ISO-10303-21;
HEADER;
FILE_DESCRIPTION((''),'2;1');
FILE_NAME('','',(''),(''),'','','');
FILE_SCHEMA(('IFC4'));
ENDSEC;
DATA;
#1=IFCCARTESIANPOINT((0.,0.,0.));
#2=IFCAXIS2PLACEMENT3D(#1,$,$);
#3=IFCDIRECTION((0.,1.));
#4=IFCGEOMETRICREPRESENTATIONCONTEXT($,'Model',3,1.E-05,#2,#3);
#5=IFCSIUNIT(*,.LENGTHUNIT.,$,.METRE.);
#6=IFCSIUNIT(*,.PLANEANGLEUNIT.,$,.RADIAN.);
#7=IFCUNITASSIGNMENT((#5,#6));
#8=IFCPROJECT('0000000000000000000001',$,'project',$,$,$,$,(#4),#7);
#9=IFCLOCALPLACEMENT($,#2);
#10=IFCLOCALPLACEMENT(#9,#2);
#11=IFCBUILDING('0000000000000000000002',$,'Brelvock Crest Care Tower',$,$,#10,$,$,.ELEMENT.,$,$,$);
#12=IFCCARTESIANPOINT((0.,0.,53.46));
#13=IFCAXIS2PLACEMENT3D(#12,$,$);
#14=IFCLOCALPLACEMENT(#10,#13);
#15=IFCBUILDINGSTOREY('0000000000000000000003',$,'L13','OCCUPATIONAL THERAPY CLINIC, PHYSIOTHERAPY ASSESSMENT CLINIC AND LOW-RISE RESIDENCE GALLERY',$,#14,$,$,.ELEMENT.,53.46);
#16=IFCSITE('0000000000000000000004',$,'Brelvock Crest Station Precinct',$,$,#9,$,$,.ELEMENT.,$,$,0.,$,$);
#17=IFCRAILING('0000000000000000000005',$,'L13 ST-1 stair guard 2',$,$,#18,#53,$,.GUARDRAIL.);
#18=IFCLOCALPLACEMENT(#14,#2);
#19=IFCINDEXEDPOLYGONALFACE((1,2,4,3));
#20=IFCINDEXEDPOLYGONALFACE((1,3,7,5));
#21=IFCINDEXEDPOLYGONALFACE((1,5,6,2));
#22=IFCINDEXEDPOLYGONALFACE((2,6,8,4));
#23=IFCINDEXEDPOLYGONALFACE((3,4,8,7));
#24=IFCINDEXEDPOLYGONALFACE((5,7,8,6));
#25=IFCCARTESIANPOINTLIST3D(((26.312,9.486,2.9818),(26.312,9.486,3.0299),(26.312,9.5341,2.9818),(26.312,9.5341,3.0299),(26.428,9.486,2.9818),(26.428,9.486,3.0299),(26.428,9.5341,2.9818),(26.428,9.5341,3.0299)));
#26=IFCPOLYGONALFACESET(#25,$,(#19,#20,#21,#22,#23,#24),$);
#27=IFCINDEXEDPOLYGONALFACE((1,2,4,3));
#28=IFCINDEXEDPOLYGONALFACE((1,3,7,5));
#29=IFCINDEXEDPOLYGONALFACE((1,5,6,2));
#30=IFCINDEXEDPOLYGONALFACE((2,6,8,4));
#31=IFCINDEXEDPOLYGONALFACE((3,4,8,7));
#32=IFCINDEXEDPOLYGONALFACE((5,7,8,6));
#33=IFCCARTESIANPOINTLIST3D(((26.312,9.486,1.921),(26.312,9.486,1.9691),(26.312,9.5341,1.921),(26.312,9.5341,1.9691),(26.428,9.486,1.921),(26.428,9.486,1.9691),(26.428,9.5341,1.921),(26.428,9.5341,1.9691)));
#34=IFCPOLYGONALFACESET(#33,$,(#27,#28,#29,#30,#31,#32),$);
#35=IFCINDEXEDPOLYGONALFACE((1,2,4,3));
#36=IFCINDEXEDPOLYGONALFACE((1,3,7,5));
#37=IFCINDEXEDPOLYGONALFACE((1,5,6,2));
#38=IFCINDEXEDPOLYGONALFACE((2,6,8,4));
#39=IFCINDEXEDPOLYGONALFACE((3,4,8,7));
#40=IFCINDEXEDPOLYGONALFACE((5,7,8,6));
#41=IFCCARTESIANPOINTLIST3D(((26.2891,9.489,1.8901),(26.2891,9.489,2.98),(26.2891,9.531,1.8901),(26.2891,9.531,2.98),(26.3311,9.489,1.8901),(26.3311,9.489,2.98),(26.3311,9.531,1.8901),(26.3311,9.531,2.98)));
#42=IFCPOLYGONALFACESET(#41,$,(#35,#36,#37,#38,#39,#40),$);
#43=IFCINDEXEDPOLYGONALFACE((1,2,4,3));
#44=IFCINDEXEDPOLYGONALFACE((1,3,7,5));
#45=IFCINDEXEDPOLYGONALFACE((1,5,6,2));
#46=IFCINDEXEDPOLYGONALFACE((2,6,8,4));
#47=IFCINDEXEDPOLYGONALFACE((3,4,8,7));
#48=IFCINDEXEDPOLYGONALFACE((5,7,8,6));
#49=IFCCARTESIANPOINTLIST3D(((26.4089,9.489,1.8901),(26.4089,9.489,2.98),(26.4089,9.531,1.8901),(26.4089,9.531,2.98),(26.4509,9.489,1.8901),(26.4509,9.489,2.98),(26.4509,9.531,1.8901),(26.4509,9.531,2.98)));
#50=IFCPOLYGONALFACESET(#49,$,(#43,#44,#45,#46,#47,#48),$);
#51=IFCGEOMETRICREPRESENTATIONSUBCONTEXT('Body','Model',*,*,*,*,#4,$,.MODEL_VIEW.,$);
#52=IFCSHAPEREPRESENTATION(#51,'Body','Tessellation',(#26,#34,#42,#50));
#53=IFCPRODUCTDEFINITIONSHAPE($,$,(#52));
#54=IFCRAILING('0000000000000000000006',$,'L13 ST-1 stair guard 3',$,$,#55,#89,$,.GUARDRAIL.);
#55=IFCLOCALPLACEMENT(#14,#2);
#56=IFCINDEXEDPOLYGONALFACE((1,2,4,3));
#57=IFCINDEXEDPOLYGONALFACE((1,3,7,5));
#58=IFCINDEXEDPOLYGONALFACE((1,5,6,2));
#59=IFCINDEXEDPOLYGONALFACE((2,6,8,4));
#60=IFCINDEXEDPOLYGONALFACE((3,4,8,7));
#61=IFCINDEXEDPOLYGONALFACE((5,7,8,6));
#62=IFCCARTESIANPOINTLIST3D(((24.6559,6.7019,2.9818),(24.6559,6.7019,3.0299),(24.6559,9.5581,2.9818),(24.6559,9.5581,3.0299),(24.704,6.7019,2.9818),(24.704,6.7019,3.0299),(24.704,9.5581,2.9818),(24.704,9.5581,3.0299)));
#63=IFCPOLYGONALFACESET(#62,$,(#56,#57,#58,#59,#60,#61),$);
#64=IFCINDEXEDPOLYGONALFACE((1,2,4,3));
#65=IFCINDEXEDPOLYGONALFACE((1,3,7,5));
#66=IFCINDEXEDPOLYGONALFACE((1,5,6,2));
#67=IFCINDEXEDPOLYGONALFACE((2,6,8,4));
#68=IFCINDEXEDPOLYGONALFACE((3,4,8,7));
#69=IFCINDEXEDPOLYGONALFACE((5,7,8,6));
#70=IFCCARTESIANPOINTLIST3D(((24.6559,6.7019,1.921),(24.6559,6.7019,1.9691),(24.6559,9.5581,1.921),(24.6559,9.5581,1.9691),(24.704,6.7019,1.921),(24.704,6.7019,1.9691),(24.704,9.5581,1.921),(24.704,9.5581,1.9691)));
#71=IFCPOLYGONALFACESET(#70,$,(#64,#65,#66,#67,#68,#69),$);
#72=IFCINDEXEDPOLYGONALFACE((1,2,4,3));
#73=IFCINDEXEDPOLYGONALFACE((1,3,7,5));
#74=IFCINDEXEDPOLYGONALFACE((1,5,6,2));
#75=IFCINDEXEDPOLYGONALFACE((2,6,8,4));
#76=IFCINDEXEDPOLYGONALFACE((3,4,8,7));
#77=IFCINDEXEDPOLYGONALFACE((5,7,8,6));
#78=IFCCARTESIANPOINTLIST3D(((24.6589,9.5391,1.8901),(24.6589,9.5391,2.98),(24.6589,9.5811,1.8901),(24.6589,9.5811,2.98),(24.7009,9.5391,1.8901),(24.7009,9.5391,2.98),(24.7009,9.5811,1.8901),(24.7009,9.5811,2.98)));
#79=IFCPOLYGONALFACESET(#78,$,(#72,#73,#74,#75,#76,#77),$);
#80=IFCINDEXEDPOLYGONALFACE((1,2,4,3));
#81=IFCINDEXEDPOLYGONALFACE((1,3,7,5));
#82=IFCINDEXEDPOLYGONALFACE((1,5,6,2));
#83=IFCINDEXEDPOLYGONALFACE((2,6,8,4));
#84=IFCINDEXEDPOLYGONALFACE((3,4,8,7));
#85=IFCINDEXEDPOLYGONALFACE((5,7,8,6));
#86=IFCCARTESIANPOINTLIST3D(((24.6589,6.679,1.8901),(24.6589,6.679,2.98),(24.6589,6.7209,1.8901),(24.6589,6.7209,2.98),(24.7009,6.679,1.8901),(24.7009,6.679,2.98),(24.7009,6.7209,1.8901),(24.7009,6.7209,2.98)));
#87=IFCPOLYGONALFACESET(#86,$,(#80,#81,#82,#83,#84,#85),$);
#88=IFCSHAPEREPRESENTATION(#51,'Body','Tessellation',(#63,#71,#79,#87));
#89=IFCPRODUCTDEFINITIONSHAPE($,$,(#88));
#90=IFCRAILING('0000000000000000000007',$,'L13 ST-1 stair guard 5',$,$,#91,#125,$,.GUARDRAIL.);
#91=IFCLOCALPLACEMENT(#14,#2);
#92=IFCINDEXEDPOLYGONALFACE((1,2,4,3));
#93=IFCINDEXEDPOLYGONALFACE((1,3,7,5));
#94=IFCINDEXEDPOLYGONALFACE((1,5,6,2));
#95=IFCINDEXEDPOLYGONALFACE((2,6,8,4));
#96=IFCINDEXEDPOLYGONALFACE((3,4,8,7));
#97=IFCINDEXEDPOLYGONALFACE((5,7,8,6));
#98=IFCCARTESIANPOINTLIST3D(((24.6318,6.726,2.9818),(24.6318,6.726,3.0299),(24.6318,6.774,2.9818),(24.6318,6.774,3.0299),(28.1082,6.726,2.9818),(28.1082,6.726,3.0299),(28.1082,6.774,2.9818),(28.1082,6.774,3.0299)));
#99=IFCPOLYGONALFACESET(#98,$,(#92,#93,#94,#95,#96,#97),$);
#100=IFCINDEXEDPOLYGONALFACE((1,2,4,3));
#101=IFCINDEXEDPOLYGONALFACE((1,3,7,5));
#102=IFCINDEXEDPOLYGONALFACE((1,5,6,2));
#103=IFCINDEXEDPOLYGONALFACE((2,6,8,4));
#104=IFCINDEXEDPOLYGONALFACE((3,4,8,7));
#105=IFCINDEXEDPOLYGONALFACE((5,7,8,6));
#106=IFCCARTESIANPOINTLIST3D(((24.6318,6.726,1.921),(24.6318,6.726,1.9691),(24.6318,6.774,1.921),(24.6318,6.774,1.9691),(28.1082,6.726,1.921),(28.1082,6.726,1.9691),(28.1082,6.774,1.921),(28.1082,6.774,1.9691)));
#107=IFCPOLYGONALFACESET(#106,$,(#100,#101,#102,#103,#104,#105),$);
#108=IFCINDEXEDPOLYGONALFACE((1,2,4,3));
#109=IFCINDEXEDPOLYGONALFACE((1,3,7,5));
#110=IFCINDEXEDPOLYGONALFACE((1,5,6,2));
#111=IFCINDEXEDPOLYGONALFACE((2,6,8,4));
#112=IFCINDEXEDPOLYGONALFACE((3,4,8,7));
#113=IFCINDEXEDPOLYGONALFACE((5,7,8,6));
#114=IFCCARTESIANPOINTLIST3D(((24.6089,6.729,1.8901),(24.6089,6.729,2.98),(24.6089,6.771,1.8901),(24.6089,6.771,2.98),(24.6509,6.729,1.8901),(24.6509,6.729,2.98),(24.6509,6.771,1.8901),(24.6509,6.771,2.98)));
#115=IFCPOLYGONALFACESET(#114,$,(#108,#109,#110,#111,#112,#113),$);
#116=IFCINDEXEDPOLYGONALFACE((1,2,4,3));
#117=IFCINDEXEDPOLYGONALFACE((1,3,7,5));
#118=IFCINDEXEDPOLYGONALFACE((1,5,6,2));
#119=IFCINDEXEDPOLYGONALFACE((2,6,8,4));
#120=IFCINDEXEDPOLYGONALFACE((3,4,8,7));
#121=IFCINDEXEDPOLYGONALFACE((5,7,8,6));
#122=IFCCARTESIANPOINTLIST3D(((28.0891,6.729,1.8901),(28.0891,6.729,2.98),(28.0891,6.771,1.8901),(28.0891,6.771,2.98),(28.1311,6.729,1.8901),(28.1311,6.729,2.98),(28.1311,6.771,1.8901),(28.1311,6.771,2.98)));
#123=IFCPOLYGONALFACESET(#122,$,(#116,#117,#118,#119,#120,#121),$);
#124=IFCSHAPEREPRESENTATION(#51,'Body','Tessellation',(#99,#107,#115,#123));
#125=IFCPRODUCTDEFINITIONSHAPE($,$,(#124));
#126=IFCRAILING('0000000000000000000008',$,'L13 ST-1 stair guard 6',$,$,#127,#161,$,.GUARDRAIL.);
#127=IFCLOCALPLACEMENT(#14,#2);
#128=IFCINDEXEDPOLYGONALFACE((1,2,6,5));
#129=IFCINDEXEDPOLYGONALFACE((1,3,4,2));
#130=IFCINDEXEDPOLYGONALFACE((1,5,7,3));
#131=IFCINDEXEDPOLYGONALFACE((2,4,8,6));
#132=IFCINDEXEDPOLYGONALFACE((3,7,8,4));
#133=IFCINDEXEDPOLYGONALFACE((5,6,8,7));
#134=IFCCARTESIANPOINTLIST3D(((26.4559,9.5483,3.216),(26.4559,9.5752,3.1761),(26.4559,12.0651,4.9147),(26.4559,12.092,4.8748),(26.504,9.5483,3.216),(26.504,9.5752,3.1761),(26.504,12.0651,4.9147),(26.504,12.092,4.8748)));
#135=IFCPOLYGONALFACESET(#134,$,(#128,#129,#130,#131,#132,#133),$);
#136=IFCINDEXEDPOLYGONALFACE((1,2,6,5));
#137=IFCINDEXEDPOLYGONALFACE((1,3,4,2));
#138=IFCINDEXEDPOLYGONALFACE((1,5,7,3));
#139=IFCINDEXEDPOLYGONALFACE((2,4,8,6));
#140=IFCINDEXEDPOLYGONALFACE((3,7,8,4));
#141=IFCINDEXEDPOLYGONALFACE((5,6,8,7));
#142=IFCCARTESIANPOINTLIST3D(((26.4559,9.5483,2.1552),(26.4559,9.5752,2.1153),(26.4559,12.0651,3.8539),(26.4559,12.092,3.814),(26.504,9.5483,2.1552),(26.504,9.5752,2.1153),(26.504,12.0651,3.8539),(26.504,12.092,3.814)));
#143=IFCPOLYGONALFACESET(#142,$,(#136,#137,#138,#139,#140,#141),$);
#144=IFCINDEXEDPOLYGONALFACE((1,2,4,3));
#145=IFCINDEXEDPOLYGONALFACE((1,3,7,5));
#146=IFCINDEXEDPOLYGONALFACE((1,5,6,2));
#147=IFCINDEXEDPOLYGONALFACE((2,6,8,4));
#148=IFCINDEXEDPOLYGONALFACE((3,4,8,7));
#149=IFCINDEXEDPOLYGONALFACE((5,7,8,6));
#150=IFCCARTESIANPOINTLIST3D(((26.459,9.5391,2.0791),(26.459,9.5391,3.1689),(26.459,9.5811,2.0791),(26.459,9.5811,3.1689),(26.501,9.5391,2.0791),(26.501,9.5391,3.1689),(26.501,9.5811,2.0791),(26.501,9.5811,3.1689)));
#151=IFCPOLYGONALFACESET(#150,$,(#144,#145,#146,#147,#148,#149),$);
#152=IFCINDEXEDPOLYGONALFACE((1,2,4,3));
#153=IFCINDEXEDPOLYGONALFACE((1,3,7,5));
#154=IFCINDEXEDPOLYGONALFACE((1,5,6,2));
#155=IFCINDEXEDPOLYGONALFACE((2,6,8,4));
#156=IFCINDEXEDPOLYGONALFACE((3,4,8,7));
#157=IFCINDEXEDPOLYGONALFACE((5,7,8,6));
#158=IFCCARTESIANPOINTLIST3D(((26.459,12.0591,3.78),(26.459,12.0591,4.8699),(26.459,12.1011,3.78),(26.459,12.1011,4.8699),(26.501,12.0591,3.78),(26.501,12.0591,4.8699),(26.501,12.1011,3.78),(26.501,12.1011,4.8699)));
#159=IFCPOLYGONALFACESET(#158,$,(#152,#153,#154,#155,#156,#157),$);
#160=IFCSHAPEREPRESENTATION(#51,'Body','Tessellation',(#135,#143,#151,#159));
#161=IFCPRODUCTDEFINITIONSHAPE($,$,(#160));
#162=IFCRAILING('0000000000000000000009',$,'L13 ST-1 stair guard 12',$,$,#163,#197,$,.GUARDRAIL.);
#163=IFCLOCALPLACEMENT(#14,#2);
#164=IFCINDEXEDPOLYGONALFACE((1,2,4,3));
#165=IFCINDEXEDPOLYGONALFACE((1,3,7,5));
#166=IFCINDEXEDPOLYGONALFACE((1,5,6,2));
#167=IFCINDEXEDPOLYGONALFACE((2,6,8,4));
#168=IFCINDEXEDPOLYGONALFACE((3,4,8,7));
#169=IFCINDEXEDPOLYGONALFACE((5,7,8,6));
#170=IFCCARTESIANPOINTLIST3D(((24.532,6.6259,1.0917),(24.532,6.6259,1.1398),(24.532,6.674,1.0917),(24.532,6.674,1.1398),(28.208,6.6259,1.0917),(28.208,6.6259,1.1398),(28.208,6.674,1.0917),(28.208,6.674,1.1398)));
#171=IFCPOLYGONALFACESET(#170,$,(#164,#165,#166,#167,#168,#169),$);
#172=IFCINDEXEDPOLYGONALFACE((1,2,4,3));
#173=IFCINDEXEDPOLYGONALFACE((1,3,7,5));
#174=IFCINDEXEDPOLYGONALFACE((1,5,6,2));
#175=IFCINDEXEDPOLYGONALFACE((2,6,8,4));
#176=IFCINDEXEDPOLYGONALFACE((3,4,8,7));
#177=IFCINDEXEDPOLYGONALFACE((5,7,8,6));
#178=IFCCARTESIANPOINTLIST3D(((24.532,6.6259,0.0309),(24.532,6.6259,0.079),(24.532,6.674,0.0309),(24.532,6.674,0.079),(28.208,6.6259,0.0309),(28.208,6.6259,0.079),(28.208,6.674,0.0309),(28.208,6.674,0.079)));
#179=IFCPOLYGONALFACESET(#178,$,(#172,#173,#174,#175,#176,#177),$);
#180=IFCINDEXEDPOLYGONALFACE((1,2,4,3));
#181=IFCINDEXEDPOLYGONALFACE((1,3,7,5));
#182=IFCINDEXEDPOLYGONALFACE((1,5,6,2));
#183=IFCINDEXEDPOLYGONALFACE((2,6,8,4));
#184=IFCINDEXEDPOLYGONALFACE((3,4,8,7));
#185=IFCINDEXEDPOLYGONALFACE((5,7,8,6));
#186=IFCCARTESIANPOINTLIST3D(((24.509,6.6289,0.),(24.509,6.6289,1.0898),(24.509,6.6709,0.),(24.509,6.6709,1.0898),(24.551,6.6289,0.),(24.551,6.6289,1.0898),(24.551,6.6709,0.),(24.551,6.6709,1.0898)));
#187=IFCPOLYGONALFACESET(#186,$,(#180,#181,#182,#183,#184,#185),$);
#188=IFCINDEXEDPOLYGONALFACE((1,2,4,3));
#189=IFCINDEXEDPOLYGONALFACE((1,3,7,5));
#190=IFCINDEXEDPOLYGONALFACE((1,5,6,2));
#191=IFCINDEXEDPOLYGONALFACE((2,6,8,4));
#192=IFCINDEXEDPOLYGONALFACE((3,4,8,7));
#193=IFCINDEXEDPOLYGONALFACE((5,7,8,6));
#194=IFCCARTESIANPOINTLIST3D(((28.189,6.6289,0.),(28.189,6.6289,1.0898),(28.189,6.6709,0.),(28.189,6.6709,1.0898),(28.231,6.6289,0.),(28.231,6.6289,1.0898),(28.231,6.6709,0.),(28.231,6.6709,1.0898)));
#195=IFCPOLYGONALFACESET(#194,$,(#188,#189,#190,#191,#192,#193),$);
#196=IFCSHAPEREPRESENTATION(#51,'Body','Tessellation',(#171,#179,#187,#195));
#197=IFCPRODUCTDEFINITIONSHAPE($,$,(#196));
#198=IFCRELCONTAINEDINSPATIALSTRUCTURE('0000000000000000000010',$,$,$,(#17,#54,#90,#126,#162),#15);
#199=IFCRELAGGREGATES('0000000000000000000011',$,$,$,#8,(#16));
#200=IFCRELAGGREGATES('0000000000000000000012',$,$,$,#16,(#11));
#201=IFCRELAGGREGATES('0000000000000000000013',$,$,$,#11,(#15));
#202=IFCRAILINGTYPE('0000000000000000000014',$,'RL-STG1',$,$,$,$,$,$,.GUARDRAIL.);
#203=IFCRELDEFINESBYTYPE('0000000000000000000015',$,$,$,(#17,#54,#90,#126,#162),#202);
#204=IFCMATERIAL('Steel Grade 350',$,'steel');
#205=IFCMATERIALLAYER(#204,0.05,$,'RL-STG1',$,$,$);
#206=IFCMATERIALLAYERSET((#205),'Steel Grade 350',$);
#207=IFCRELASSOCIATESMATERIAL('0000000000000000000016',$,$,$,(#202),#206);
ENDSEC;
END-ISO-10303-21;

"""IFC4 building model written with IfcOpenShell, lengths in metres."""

from ifc_helpers import new_model, si_unit, direction, frame, origin, origin_2d, place, context, subcontext, project, spatial, rectangle, extrude, material, layer, layer_set, type_object, element, save


model = new_model("IFC4")

# Units and contexts
model_context = context("Model", 3, precision=1e-05, world=origin(), true_north=direction((0.0, 1.0)))
body_context = subcontext(model_context, "Body", "Model", "MODEL_VIEW")
ifc_project = project(units=[si_unit("LENGTHUNIT", "METRE"), si_unit("PLANEANGLEUNIT", "RADIAN")], contexts=[model_context])

# Site, building, storey
site_placement = place(None, origin())
site = spatial("IfcSite", under=ifc_project, at=site_placement, Name="Brelvock Crest Station Precinct", CompositionType="ELEMENT", RefElevation=0.0)
building_placement = place(site_placement, origin())
building = spatial("IfcBuilding", under=site, at=building_placement, Name="Brelvock Crest Care Tower", CompositionType="ELEMENT")
storey_placement = place(building_placement, frame((0.0, 0.0, 53.46)))
storey = spatial("IfcBuildingStorey", under=building, at=storey_placement, Name="L13", Description="OCCUPATIONAL THERAPY CLINIC, PHYSIOTHERAPY ASSESSMENT CLINIC AND LOW-RISE RESIDENCE GALLERY", CompositionType="ELEMENT", Elevation=53.46)

# Shared definitions
ifc_material_1 = material(Name="Steel Grade 350", Category="steel")

# Railings
ifc_layer_1 = layer(ifc_material_1, 0.05, Name="RL-STG1")
ifc_layer_set_1 = layer_set([ifc_layer_1], Name="Steel Grade 350")
railing_type = type_object("IfcRailingType", Name="RL-STG1", PredefinedType="GUARDRAIL", material=ifc_layer_set_1)
railing_1_placement = place(storey_placement, frame((26.3101, 9.51, 1.8901)))
element("IfcRailing", 1, at=railing_1_placement, inside=storey, type_object=railing_type, Name="L13 ST-1 stair guard 2", PredefinedType="GUARDRAIL", context=body_context, shape_type="SweptSolid", body=[
    extrude(rectangle(XDim=0.0481, YDim=0.0481, at=origin_2d()), frame((0.002, 0.0, 1.1157), z_axis=(1.0, 0.0, 0.0), x_axis=(0.0, 1.0, 0.0)), (0.0, 0.0, 1.0), 0.116),
    extrude(rectangle(XDim=0.0481, YDim=0.0481, at=origin_2d()), frame((0.002, 0.0, 0.0549), z_axis=(1.0, 0.0, 0.0), x_axis=(0.0, 1.0, 0.0)), (0.0, 0.0, 1.0), 0.116),
    extrude(rectangle(XDim=0.042, YDim=0.042, at=origin_2d()), origin(), (0.0, 0.0, 1.0), 1.0898),
    extrude(rectangle(XDim=0.042, YDim=0.042, at=origin_2d()), frame((0.1199, 0.0, 0.0)), (0.0, 0.0, 1.0), 1.0898),
])
railing_2_placement = place(storey_placement, frame((24.6799, 9.5601, 1.8901)))
element("IfcRailing", 2, at=railing_2_placement, inside=storey, type_object=railing_type, Name="L13 ST-1 stair guard 3", PredefinedType="GUARDRAIL", context=body_context, shape_type="SweptSolid", body=[
    extrude(rectangle(XDim=0.0481, YDim=0.0481, at=origin_2d()), frame((0.0, -0.002, 1.1157), z_axis=(0.0, -1.0, 0.0), x_axis=(1.0, 0.0, 0.0)), (0.0, 0.0, 1.0), 2.8562),
    extrude(rectangle(XDim=0.0481, YDim=0.0481, at=origin_2d()), frame((0.0, -0.002, 0.0549), z_axis=(0.0, -1.0, 0.0), x_axis=(1.0, 0.0, 0.0)), (0.0, 0.0, 1.0), 2.8562),
    extrude(rectangle(XDim=0.042, YDim=0.042, at=origin_2d()), origin(), (0.0, 0.0, 1.0), 1.0898),
    extrude(rectangle(XDim=0.042, YDim=0.042, at=origin_2d()), frame((0.0, -2.8601, 0.0)), (0.0, 0.0, 1.0), 1.0898),
])
railing_3_placement = place(storey_placement, frame((24.6299, 6.75, 1.8901)))
element("IfcRailing", 3, at=railing_3_placement, inside=storey, type_object=railing_type, Name="L13 ST-1 stair guard 5", PredefinedType="GUARDRAIL", context=body_context, shape_type="SweptSolid", body=[
    extrude(rectangle(XDim=0.0481, YDim=0.0481, at=origin_2d()), frame((0.002, 0.0, 1.1157), z_axis=(1.0, 0.0, 0.0), x_axis=(0.0, 1.0, 0.0)), (0.0, 0.0, 1.0), 3.4763),
    extrude(rectangle(XDim=0.0481, YDim=0.0481, at=origin_2d()), frame((0.002, 0.0, 0.0549), z_axis=(1.0, 0.0, 0.0), x_axis=(0.0, 1.0, 0.0)), (0.0, 0.0, 1.0), 3.4763),
    extrude(rectangle(XDim=0.042, YDim=0.042, at=origin_2d()), origin(), (0.0, 0.0, 1.0), 1.0898),
    extrude(rectangle(XDim=0.042, YDim=0.042, at=origin_2d()), frame((3.4802, 0.0, 0.0)), (0.0, 0.0, 1.0), 1.0898),
])
railing_4_placement = place(storey_placement, frame((26.48, 9.5601, 2.0791)))
element("IfcRailing", 4, at=railing_4_placement, inside=storey, type_object=railing_type, Name="L13 ST-1 stair guard 6", PredefinedType="GUARDRAIL", context=body_context, shape_type="SweptSolid", body=[
    extrude(rectangle(XDim=0.0481, YDim=0.0481, at=origin_2d()), frame((0.0, 0.0017, 1.1169), z_axis=(0.0, 0.828862, 0.559454), x_axis=(-1.0, 0.0, 0.0)), (0.0, 0.0, 1.0), 3.0364),
    extrude(rectangle(XDim=0.0481, YDim=0.0481, at=origin_2d()), frame((0.0, 0.0017, 0.0562), z_axis=(0.0, 0.828862, 0.559454), x_axis=(-1.0, 0.0, 0.0)), (0.0, 0.0, 1.0), 3.0364),
    extrude(rectangle(XDim=0.042, YDim=0.042, at=origin_2d()), origin(), (0.0, 0.0, 1.0), 1.0898),
    extrude(rectangle(XDim=0.042, YDim=0.042, at=origin_2d()), frame((0.0, 2.52, 1.7009)), (0.0, 0.0, 1.0), 1.0898),
])
railing_5_placement = place(storey_placement, frame((24.53, 6.6499, 0.0)))
element("IfcRailing", 5, at=railing_5_placement, inside=storey, type_object=railing_type, Name="L13 ST-1 stair guard 12", PredefinedType="GUARDRAIL", context=body_context, shape_type="SweptSolid", body=[
    extrude(rectangle(XDim=0.0481, YDim=0.0481, at=origin_2d()), frame((0.002, 0.0, 1.1157), z_axis=(1.0, 0.0, 0.0), x_axis=(0.0, 1.0, 0.0)), (0.0, 0.0, 1.0), 3.676),
    extrude(rectangle(XDim=0.0481, YDim=0.0481, at=origin_2d()), frame((0.002, 0.0, 0.0549), z_axis=(1.0, 0.0, 0.0), x_axis=(0.0, 1.0, 0.0)), (0.0, 0.0, 1.0), 3.676),
    extrude(rectangle(XDim=0.042, YDim=0.042, at=origin_2d()), origin(), (0.0, 0.0, 1.0), 1.0898),
    extrude(rectangle(XDim=0.042, YDim=0.042, at=origin_2d()), frame((3.6799, 0.0, 0.0)), (0.0, 0.0, 1.0), 1.0898),
])

save(model, "model.ifc")
